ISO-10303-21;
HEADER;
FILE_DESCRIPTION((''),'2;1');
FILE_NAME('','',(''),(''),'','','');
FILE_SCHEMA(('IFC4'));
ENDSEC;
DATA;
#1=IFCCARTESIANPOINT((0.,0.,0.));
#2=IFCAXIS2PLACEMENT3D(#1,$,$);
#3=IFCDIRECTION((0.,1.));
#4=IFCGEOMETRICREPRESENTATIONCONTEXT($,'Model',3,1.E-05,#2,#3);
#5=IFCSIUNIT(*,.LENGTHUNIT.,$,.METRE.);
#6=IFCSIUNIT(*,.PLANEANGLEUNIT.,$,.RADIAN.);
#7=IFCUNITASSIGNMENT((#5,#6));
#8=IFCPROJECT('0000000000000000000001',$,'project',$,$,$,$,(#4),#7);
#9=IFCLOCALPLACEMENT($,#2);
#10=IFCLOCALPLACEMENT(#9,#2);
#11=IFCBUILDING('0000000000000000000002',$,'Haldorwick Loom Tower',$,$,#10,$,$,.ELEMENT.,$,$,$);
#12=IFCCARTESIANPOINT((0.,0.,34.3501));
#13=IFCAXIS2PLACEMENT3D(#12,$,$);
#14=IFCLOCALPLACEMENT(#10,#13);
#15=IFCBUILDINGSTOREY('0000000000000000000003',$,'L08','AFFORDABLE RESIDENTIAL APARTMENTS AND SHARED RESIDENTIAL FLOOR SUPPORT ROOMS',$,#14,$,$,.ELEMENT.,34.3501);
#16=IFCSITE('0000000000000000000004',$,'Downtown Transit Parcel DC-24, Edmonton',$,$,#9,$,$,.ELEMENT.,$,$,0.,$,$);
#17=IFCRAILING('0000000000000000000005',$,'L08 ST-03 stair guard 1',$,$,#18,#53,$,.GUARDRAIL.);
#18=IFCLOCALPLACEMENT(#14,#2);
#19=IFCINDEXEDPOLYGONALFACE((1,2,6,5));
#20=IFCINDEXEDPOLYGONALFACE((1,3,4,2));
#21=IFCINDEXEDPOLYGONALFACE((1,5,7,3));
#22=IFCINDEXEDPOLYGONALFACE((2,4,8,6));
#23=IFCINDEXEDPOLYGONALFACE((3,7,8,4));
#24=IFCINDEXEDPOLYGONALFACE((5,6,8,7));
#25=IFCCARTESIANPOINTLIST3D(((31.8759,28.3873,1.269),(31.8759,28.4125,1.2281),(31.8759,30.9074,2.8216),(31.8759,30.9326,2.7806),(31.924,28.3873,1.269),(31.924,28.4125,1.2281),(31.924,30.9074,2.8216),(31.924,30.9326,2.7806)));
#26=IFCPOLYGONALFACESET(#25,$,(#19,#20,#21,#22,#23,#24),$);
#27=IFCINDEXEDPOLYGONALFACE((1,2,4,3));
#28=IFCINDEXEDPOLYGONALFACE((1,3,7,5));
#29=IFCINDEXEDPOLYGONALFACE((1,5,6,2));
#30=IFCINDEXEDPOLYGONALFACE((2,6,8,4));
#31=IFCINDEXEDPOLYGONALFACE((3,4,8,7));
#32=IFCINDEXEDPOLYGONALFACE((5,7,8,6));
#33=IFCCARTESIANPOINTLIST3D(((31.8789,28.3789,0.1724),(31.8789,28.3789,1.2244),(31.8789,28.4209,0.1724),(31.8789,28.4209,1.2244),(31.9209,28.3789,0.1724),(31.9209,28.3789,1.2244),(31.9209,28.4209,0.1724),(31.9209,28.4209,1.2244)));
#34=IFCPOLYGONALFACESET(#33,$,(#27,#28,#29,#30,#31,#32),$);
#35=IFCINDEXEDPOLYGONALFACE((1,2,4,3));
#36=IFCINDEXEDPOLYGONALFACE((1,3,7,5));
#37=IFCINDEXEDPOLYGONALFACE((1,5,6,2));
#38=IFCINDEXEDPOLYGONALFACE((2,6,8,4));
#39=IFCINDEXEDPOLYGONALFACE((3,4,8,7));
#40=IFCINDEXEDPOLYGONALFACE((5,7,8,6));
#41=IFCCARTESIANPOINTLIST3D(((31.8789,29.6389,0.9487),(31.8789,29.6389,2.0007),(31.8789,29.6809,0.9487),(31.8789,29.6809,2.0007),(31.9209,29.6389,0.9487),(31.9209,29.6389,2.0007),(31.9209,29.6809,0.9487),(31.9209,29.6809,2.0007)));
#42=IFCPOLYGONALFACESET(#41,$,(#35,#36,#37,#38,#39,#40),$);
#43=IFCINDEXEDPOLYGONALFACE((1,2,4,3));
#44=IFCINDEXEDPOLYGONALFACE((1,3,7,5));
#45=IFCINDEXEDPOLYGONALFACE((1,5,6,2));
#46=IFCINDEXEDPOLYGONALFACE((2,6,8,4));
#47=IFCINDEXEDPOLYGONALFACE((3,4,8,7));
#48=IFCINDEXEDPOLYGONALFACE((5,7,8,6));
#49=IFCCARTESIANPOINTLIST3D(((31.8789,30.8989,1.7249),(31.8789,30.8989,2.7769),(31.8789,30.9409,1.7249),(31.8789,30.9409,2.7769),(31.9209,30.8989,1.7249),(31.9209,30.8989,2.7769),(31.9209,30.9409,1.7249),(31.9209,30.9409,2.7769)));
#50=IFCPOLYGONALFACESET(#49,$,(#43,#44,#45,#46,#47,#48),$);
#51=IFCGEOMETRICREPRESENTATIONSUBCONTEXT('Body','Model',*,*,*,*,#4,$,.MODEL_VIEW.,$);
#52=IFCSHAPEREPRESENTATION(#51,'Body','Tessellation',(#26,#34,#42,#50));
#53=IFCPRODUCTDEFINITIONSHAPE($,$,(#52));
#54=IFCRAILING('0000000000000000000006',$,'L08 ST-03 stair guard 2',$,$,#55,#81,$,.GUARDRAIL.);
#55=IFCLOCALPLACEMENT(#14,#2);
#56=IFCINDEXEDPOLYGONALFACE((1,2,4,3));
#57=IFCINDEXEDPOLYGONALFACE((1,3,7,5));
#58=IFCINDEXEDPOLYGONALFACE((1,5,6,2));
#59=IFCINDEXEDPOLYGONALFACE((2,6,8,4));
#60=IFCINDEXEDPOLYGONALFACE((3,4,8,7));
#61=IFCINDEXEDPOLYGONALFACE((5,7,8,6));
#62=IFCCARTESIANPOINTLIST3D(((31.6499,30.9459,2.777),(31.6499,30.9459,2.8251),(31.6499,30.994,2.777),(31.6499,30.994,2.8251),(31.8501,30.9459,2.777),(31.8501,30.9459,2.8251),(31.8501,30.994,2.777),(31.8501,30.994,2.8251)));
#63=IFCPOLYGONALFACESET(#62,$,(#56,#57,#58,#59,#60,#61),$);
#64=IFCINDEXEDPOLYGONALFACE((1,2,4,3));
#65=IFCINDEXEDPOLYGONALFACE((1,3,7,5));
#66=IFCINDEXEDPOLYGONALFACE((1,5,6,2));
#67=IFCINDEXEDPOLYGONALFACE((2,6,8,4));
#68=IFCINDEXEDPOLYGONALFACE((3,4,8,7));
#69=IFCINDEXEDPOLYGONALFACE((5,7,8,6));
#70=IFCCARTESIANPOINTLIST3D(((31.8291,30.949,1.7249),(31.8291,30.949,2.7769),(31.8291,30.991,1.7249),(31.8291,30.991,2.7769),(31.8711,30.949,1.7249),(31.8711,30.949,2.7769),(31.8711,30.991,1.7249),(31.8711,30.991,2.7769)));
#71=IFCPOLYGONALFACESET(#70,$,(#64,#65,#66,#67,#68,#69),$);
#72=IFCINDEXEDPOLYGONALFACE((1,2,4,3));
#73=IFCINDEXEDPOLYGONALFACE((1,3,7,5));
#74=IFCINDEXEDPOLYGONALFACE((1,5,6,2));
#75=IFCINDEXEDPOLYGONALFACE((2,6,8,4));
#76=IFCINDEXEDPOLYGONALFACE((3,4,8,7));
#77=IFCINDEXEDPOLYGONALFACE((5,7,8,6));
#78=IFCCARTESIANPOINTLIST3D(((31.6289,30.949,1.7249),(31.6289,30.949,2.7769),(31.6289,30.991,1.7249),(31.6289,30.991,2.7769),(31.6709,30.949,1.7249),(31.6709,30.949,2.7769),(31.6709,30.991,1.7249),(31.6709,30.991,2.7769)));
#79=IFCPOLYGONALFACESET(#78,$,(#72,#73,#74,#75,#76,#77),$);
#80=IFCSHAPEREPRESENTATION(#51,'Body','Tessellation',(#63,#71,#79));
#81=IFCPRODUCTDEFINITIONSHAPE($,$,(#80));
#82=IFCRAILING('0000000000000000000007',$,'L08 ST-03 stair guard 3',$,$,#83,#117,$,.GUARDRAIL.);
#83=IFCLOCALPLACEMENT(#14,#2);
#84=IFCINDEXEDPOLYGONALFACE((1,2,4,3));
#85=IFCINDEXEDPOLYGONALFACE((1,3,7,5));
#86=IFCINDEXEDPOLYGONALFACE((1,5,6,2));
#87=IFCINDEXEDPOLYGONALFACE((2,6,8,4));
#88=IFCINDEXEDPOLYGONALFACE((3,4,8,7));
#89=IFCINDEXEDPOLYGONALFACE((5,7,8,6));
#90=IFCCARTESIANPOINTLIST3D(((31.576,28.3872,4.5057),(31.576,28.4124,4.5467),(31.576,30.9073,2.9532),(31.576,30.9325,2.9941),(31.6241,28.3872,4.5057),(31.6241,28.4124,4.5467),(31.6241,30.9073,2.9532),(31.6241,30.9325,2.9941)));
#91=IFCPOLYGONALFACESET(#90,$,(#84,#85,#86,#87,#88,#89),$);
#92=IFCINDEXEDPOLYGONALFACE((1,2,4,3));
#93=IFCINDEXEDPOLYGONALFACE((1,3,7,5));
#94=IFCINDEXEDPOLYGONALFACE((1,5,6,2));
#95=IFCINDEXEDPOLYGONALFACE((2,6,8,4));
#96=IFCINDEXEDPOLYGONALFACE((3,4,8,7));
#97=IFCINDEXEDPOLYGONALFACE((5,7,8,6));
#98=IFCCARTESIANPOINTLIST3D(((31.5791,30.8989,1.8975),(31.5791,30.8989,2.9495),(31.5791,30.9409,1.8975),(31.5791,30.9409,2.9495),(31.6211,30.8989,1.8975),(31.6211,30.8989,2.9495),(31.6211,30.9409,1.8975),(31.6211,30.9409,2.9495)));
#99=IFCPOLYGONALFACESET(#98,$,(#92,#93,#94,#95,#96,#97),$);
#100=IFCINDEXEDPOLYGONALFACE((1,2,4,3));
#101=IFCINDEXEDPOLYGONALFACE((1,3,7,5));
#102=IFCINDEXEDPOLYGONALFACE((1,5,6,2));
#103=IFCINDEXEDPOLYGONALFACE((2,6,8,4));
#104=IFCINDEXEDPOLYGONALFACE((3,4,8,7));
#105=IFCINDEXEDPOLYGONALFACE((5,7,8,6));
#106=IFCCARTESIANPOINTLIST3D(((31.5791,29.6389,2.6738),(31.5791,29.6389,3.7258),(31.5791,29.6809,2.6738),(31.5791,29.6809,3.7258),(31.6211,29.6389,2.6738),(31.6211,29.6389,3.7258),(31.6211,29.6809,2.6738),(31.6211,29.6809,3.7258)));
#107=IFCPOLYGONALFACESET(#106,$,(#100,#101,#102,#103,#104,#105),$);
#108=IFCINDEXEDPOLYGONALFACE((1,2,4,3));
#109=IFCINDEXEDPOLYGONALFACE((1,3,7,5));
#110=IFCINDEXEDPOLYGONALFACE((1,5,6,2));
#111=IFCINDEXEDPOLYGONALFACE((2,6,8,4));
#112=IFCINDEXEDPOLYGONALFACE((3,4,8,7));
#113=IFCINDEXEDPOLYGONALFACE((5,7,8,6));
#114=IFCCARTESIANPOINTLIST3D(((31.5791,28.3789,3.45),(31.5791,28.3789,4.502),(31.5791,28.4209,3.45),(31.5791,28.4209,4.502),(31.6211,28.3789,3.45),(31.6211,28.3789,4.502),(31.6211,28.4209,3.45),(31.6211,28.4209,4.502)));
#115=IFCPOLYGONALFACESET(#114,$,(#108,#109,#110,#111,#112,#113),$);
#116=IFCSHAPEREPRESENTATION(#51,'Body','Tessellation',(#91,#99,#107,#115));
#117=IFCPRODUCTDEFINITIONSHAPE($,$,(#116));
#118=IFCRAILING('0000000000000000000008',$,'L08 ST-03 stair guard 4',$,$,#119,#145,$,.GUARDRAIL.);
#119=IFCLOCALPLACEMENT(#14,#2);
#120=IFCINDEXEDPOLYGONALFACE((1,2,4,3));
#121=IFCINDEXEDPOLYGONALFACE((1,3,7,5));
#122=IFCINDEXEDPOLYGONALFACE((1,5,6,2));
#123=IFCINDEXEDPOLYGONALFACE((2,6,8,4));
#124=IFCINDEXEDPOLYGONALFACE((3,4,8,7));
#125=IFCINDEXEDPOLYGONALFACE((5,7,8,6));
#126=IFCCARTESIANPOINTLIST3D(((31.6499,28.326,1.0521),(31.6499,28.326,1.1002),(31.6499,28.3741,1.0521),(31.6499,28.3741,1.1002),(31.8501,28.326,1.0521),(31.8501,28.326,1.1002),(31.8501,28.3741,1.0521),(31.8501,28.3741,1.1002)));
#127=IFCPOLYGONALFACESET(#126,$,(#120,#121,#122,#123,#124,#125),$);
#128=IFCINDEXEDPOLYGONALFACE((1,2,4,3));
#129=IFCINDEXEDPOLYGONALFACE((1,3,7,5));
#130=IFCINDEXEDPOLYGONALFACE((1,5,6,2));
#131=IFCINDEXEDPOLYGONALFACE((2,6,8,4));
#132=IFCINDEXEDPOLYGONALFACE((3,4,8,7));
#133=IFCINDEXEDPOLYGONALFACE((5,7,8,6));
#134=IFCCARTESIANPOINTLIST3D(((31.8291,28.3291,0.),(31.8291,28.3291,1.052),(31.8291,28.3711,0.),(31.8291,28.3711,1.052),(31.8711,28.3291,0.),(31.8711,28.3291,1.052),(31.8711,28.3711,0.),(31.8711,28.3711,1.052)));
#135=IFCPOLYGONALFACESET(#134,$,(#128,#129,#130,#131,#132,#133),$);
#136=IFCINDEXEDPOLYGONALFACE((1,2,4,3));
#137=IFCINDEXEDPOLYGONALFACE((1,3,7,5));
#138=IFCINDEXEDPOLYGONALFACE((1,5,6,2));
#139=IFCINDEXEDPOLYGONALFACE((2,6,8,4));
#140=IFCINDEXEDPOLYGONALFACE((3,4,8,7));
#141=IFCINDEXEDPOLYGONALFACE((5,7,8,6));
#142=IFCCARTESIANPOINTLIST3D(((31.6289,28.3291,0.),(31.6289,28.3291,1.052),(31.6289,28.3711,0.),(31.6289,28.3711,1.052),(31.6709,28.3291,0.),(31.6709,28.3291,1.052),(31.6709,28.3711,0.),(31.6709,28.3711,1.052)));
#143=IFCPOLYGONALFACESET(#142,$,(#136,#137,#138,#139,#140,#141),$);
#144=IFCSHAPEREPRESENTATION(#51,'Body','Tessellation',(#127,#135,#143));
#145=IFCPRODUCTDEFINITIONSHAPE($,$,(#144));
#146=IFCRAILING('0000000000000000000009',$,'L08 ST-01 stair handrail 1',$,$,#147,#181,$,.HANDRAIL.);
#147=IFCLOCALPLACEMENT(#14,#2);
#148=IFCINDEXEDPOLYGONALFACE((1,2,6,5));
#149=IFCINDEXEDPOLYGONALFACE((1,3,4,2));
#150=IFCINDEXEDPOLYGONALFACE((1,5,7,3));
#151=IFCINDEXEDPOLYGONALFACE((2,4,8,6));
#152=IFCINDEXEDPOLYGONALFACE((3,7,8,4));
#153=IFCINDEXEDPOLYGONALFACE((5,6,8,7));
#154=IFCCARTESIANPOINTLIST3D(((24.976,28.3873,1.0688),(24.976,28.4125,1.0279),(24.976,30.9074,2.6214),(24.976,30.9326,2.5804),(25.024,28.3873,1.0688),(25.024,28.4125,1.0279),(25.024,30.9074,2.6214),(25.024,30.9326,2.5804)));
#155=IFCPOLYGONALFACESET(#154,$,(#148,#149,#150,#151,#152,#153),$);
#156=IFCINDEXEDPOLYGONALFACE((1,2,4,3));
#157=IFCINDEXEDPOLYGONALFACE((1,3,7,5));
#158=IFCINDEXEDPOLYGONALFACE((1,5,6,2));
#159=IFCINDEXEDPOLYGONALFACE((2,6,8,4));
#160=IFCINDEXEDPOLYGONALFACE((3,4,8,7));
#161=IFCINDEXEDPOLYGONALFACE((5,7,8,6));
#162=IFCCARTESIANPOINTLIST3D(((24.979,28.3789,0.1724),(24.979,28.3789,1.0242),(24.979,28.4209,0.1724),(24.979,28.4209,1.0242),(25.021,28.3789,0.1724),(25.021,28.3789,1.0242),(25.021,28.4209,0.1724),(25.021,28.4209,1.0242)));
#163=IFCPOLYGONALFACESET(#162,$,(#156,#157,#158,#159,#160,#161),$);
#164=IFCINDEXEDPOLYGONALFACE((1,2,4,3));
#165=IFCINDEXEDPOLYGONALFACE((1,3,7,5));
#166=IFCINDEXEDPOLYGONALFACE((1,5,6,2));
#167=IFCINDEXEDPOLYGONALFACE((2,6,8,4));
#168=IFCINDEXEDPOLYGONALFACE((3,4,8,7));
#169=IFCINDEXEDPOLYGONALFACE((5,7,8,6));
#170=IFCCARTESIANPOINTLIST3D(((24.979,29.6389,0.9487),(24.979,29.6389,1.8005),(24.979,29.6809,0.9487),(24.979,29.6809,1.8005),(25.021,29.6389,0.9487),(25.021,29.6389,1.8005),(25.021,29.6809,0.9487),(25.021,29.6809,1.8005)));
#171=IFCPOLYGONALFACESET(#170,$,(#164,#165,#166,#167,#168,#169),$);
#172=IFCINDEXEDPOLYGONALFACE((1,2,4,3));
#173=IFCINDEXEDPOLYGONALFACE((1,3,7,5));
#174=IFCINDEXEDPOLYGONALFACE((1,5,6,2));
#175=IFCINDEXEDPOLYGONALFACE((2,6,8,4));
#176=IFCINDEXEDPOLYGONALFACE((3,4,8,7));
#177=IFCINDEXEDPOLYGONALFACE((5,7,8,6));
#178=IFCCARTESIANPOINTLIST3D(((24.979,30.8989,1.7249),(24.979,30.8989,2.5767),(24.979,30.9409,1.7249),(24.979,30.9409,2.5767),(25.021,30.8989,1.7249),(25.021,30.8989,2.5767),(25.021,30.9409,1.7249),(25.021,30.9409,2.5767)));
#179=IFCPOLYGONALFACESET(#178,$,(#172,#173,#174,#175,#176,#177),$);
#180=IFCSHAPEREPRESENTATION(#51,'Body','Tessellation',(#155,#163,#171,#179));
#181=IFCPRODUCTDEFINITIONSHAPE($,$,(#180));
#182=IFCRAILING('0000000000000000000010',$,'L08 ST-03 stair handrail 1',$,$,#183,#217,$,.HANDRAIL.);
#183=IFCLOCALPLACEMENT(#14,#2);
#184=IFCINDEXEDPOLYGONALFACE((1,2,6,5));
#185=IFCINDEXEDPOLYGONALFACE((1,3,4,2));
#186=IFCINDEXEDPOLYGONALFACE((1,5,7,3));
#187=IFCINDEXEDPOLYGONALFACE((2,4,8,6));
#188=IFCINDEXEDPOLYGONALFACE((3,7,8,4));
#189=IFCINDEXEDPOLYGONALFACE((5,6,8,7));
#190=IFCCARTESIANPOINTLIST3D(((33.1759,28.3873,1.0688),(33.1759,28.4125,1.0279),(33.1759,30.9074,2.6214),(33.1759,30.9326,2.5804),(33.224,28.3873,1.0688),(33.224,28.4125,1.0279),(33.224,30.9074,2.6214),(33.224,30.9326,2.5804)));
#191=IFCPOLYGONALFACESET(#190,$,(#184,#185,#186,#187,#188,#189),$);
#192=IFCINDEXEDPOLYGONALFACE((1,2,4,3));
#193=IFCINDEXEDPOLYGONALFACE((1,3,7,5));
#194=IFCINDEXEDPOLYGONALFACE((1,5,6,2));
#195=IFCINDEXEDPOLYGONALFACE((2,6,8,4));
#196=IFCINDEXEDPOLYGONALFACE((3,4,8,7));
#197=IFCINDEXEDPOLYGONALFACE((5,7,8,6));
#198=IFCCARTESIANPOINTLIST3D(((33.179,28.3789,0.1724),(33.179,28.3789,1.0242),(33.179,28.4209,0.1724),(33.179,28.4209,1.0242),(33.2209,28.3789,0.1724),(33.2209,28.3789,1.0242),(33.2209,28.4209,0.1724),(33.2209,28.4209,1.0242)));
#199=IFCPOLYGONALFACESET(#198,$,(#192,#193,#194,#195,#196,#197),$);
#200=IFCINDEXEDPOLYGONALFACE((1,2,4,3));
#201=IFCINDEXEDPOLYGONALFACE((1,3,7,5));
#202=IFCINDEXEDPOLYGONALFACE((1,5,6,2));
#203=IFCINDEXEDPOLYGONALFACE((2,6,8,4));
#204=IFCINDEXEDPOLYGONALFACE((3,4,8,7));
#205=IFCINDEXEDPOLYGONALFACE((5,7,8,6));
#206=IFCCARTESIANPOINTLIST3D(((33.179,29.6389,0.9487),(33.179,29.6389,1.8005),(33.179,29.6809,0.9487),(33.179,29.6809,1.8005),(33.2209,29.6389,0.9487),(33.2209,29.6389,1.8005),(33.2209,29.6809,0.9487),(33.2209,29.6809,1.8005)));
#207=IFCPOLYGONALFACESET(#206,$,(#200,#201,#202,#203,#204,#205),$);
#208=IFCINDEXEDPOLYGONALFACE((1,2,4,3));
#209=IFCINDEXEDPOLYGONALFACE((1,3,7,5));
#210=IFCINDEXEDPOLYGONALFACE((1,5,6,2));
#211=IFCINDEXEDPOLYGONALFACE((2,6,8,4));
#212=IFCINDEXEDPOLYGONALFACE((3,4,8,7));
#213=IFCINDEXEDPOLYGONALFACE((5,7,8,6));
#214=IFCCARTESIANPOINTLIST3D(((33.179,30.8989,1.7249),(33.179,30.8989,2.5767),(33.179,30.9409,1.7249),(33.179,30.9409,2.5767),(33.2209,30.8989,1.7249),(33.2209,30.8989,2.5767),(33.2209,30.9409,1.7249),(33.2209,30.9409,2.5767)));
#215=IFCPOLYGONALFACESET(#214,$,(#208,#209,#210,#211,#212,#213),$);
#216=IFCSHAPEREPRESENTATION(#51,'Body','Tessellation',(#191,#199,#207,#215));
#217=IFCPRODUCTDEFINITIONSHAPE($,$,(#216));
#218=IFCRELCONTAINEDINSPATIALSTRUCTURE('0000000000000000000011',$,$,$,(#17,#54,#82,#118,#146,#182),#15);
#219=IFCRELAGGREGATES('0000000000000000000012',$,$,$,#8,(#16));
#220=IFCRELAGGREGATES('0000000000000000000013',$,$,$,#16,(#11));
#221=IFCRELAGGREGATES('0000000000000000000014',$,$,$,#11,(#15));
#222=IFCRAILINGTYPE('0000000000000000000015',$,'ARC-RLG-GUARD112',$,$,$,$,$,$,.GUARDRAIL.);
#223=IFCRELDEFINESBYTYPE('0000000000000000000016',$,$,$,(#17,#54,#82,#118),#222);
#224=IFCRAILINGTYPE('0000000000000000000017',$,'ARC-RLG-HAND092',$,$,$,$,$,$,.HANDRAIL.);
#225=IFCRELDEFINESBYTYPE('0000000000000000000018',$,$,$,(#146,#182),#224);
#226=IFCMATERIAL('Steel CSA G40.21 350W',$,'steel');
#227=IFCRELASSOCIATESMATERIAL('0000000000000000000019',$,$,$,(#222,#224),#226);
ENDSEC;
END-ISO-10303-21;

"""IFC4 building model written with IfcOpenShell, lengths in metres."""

from ifc_helpers import new_model, si_unit, direction, frame, origin, origin_2d, place, context, subcontext, project, spatial, rectangle, extrude, material, type_object, element, save


model = new_model("IFC4")

# Units and contexts
model_context = context("Model", 3, precision=1e-05, world=origin(), true_north=direction((0.0, 1.0)))
body_context = subcontext(model_context, "Body", "Model", "MODEL_VIEW")
ifc_project = project(units=[si_unit("LENGTHUNIT", "METRE"), si_unit("PLANEANGLEUNIT", "RADIAN")], contexts=[model_context])

# Site, building, storey
site_placement = place(None, origin())
site = spatial("IfcSite", under=ifc_project, at=site_placement, Name="Downtown Transit Parcel DC-24, Edmonton", CompositionType="ELEMENT", RefElevation=0.0)
building_placement = place(site_placement, origin())
building = spatial("IfcBuilding", under=site, at=building_placement, Name="Haldorwick Loom Tower", CompositionType="ELEMENT")
storey_placement = place(building_placement, frame((0.0, 0.0, 34.3501)))
storey = spatial("IfcBuildingStorey", under=building, at=storey_placement, Name="L08", Description="AFFORDABLE RESIDENTIAL APARTMENTS AND SHARED RESIDENTIAL FLOOR SUPPORT ROOMS", CompositionType="ELEMENT", Elevation=34.3501)

# Shared definitions
ifc_material_1 = material(Name="Steel CSA G40.21 350W", Category="steel")

# Railings
railing_type_1 = type_object("IfcRailingType", Name="ARC-RLG-GUARD112", PredefinedType="GUARDRAIL", material=ifc_material_1)
railing_1_placement = place(storey_placement, frame((31.8999, 28.3999, 0.1724)))
element("IfcRailing", 1, at=railing_1_placement, inside=storey, type_object=railing_type_1, Name="L08 ST-03 stair guard 1", PredefinedType="GUARDRAIL", context=body_context, shape_type="SweptSolid", body=[
    extrude(rectangle(XDim=0.0481, YDim=0.0481, at=origin_2d()), frame((0.0, 0.0, 1.0762), z_axis=(0.0, 0.8514, 0.524516), x_axis=(-1.0, 0.0, 0.0)), (0.0, 0.0, 1.0), 2.96),
    extrude(rectangle(XDim=0.042, YDim=0.042, at=origin_2d()), origin(), (0.0, 0.0, 1.0), 1.052),
    extrude(rectangle(XDim=0.042, YDim=0.042, at=origin_2d()), frame((0.0, 1.26, 0.7764)), (0.0, 0.0, 1.0), 1.052),
    extrude(rectangle(XDim=0.042, YDim=0.042, at=origin_2d()), frame((0.0, 2.52, 1.5525)), (0.0, 0.0, 1.0), 1.052),
])
railing_2_placement = place(storey_placement, frame((31.8501, 30.97, 1.7249)))
element("IfcRailing", 2, at=railing_2_placement, inside=storey, type_object=railing_type_1, Name="L08 ST-03 stair guard 2", PredefinedType="GUARDRAIL", context=body_context, shape_type="SweptSolid", body=[
    extrude(rectangle(XDim=0.0481, YDim=0.0481, at=origin_2d()), frame((0.0, 0.0, 1.0762), z_axis=(-1.0, 0.0, 0.0), x_axis=(0.0, -1.0, 0.0)), (0.0, 0.0, 1.0), 0.2002),
    extrude(rectangle(XDim=0.042, YDim=0.042, at=origin_2d()), origin(), (0.0, 0.0, 1.0), 1.052),
    extrude(rectangle(XDim=0.042, YDim=0.042, at=origin_2d()), frame((-0.2002, 0.0, 0.0)), (0.0, 0.0, 1.0), 1.052),
])
railing_3_placement = place(storey_placement, frame((31.6001, 30.9199, 1.8975)))
element("IfcRailing", 3, at=railing_3_placement, inside=storey, type_object=railing_type_1, Name="L08 ST-03 stair guard 3", PredefinedType="GUARDRAIL", context=body_context, shape_type="SweptSolid", body=[
    extrude(rectangle(XDim=0.0481, YDim=0.0481, at=origin_2d()), frame((0.0, 0.0, 1.0762), z_axis=(0.0, -0.8514, 0.524516), x_axis=(1.0, 0.0, 0.0)), (0.0, 0.0, 1.0), 2.96),
    extrude(rectangle(XDim=0.042, YDim=0.042, at=origin_2d()), origin(), (0.0, 0.0, 1.0), 1.052),
    extrude(rectangle(XDim=0.042, YDim=0.042, at=origin_2d()), frame((0.0, -1.26, 0.7764)), (0.0, 0.0, 1.0), 1.052),
    extrude(rectangle(XDim=0.042, YDim=0.042, at=origin_2d()), frame((0.0, -2.52, 1.5525)), (0.0, 0.0, 1.0), 1.052),
])
railing_4_placement = place(storey_placement, frame((31.8501, 28.3501, 0.0)))
element("IfcRailing", 4, at=railing_4_placement, inside=storey, type_object=railing_type_1, Name="L08 ST-03 stair guard 4", PredefinedType="GUARDRAIL", context=body_context, shape_type="SweptSolid", body=[
    extrude(rectangle(XDim=0.0481, YDim=0.0481, at=origin_2d()), frame((0.0, 0.0, 1.0762), z_axis=(-1.0, 0.0, 0.0), x_axis=(0.0, -1.0, 0.0)), (0.0, 0.0, 1.0), 0.2002),
    extrude(rectangle(XDim=0.042, YDim=0.042, at=origin_2d()), origin(), (0.0, 0.0, 1.0), 1.052),
    extrude(rectangle(XDim=0.042, YDim=0.042, at=origin_2d()), frame((-0.2002, 0.0, 0.0)), (0.0, 0.0, 1.0), 1.052),
])
railing_type_2 = type_object("IfcRailingType", Name="ARC-RLG-HAND092", PredefinedType="HANDRAIL", material=ifc_material_1)
for number, where, name in (
    (5, (25.0, 28.3999, 0.1724), "L08 ST-01 stair handrail 1"),
    (6, (33.2, 28.3999, 0.1724), "L08 ST-03 stair handrail 1"),
):
    element("IfcRailing", number, at=place(storey_placement, frame(where)), inside=storey, type_object=railing_type_2, Name=name, PredefinedType="HANDRAIL", context=body_context, shape_type="SweptSolid", body=[
        extrude(rectangle(XDim=0.0481, YDim=0.0481, at=origin_2d()), frame((0.0, 0.0, 0.876), z_axis=(0.0, 0.8514, 0.524516), x_axis=(-1.0, 0.0, 0.0)), (0.0, 0.0, 1.0), 2.96),
        extrude(rectangle(XDim=0.042, YDim=0.042, at=origin_2d()), origin(), (0.0, 0.0, 1.0), 0.8518),
        extrude(rectangle(XDim=0.042, YDim=0.042, at=origin_2d()), frame((0.0, 1.26, 0.7764)), (0.0, 0.0, 1.0), 0.8518),
        extrude(rectangle(XDim=0.042, YDim=0.042, at=origin_2d()), frame((0.0, 2.52, 1.5525)), (0.0, 0.0, 1.0), 0.8518),
    ])

save(model, "model.ifc")
